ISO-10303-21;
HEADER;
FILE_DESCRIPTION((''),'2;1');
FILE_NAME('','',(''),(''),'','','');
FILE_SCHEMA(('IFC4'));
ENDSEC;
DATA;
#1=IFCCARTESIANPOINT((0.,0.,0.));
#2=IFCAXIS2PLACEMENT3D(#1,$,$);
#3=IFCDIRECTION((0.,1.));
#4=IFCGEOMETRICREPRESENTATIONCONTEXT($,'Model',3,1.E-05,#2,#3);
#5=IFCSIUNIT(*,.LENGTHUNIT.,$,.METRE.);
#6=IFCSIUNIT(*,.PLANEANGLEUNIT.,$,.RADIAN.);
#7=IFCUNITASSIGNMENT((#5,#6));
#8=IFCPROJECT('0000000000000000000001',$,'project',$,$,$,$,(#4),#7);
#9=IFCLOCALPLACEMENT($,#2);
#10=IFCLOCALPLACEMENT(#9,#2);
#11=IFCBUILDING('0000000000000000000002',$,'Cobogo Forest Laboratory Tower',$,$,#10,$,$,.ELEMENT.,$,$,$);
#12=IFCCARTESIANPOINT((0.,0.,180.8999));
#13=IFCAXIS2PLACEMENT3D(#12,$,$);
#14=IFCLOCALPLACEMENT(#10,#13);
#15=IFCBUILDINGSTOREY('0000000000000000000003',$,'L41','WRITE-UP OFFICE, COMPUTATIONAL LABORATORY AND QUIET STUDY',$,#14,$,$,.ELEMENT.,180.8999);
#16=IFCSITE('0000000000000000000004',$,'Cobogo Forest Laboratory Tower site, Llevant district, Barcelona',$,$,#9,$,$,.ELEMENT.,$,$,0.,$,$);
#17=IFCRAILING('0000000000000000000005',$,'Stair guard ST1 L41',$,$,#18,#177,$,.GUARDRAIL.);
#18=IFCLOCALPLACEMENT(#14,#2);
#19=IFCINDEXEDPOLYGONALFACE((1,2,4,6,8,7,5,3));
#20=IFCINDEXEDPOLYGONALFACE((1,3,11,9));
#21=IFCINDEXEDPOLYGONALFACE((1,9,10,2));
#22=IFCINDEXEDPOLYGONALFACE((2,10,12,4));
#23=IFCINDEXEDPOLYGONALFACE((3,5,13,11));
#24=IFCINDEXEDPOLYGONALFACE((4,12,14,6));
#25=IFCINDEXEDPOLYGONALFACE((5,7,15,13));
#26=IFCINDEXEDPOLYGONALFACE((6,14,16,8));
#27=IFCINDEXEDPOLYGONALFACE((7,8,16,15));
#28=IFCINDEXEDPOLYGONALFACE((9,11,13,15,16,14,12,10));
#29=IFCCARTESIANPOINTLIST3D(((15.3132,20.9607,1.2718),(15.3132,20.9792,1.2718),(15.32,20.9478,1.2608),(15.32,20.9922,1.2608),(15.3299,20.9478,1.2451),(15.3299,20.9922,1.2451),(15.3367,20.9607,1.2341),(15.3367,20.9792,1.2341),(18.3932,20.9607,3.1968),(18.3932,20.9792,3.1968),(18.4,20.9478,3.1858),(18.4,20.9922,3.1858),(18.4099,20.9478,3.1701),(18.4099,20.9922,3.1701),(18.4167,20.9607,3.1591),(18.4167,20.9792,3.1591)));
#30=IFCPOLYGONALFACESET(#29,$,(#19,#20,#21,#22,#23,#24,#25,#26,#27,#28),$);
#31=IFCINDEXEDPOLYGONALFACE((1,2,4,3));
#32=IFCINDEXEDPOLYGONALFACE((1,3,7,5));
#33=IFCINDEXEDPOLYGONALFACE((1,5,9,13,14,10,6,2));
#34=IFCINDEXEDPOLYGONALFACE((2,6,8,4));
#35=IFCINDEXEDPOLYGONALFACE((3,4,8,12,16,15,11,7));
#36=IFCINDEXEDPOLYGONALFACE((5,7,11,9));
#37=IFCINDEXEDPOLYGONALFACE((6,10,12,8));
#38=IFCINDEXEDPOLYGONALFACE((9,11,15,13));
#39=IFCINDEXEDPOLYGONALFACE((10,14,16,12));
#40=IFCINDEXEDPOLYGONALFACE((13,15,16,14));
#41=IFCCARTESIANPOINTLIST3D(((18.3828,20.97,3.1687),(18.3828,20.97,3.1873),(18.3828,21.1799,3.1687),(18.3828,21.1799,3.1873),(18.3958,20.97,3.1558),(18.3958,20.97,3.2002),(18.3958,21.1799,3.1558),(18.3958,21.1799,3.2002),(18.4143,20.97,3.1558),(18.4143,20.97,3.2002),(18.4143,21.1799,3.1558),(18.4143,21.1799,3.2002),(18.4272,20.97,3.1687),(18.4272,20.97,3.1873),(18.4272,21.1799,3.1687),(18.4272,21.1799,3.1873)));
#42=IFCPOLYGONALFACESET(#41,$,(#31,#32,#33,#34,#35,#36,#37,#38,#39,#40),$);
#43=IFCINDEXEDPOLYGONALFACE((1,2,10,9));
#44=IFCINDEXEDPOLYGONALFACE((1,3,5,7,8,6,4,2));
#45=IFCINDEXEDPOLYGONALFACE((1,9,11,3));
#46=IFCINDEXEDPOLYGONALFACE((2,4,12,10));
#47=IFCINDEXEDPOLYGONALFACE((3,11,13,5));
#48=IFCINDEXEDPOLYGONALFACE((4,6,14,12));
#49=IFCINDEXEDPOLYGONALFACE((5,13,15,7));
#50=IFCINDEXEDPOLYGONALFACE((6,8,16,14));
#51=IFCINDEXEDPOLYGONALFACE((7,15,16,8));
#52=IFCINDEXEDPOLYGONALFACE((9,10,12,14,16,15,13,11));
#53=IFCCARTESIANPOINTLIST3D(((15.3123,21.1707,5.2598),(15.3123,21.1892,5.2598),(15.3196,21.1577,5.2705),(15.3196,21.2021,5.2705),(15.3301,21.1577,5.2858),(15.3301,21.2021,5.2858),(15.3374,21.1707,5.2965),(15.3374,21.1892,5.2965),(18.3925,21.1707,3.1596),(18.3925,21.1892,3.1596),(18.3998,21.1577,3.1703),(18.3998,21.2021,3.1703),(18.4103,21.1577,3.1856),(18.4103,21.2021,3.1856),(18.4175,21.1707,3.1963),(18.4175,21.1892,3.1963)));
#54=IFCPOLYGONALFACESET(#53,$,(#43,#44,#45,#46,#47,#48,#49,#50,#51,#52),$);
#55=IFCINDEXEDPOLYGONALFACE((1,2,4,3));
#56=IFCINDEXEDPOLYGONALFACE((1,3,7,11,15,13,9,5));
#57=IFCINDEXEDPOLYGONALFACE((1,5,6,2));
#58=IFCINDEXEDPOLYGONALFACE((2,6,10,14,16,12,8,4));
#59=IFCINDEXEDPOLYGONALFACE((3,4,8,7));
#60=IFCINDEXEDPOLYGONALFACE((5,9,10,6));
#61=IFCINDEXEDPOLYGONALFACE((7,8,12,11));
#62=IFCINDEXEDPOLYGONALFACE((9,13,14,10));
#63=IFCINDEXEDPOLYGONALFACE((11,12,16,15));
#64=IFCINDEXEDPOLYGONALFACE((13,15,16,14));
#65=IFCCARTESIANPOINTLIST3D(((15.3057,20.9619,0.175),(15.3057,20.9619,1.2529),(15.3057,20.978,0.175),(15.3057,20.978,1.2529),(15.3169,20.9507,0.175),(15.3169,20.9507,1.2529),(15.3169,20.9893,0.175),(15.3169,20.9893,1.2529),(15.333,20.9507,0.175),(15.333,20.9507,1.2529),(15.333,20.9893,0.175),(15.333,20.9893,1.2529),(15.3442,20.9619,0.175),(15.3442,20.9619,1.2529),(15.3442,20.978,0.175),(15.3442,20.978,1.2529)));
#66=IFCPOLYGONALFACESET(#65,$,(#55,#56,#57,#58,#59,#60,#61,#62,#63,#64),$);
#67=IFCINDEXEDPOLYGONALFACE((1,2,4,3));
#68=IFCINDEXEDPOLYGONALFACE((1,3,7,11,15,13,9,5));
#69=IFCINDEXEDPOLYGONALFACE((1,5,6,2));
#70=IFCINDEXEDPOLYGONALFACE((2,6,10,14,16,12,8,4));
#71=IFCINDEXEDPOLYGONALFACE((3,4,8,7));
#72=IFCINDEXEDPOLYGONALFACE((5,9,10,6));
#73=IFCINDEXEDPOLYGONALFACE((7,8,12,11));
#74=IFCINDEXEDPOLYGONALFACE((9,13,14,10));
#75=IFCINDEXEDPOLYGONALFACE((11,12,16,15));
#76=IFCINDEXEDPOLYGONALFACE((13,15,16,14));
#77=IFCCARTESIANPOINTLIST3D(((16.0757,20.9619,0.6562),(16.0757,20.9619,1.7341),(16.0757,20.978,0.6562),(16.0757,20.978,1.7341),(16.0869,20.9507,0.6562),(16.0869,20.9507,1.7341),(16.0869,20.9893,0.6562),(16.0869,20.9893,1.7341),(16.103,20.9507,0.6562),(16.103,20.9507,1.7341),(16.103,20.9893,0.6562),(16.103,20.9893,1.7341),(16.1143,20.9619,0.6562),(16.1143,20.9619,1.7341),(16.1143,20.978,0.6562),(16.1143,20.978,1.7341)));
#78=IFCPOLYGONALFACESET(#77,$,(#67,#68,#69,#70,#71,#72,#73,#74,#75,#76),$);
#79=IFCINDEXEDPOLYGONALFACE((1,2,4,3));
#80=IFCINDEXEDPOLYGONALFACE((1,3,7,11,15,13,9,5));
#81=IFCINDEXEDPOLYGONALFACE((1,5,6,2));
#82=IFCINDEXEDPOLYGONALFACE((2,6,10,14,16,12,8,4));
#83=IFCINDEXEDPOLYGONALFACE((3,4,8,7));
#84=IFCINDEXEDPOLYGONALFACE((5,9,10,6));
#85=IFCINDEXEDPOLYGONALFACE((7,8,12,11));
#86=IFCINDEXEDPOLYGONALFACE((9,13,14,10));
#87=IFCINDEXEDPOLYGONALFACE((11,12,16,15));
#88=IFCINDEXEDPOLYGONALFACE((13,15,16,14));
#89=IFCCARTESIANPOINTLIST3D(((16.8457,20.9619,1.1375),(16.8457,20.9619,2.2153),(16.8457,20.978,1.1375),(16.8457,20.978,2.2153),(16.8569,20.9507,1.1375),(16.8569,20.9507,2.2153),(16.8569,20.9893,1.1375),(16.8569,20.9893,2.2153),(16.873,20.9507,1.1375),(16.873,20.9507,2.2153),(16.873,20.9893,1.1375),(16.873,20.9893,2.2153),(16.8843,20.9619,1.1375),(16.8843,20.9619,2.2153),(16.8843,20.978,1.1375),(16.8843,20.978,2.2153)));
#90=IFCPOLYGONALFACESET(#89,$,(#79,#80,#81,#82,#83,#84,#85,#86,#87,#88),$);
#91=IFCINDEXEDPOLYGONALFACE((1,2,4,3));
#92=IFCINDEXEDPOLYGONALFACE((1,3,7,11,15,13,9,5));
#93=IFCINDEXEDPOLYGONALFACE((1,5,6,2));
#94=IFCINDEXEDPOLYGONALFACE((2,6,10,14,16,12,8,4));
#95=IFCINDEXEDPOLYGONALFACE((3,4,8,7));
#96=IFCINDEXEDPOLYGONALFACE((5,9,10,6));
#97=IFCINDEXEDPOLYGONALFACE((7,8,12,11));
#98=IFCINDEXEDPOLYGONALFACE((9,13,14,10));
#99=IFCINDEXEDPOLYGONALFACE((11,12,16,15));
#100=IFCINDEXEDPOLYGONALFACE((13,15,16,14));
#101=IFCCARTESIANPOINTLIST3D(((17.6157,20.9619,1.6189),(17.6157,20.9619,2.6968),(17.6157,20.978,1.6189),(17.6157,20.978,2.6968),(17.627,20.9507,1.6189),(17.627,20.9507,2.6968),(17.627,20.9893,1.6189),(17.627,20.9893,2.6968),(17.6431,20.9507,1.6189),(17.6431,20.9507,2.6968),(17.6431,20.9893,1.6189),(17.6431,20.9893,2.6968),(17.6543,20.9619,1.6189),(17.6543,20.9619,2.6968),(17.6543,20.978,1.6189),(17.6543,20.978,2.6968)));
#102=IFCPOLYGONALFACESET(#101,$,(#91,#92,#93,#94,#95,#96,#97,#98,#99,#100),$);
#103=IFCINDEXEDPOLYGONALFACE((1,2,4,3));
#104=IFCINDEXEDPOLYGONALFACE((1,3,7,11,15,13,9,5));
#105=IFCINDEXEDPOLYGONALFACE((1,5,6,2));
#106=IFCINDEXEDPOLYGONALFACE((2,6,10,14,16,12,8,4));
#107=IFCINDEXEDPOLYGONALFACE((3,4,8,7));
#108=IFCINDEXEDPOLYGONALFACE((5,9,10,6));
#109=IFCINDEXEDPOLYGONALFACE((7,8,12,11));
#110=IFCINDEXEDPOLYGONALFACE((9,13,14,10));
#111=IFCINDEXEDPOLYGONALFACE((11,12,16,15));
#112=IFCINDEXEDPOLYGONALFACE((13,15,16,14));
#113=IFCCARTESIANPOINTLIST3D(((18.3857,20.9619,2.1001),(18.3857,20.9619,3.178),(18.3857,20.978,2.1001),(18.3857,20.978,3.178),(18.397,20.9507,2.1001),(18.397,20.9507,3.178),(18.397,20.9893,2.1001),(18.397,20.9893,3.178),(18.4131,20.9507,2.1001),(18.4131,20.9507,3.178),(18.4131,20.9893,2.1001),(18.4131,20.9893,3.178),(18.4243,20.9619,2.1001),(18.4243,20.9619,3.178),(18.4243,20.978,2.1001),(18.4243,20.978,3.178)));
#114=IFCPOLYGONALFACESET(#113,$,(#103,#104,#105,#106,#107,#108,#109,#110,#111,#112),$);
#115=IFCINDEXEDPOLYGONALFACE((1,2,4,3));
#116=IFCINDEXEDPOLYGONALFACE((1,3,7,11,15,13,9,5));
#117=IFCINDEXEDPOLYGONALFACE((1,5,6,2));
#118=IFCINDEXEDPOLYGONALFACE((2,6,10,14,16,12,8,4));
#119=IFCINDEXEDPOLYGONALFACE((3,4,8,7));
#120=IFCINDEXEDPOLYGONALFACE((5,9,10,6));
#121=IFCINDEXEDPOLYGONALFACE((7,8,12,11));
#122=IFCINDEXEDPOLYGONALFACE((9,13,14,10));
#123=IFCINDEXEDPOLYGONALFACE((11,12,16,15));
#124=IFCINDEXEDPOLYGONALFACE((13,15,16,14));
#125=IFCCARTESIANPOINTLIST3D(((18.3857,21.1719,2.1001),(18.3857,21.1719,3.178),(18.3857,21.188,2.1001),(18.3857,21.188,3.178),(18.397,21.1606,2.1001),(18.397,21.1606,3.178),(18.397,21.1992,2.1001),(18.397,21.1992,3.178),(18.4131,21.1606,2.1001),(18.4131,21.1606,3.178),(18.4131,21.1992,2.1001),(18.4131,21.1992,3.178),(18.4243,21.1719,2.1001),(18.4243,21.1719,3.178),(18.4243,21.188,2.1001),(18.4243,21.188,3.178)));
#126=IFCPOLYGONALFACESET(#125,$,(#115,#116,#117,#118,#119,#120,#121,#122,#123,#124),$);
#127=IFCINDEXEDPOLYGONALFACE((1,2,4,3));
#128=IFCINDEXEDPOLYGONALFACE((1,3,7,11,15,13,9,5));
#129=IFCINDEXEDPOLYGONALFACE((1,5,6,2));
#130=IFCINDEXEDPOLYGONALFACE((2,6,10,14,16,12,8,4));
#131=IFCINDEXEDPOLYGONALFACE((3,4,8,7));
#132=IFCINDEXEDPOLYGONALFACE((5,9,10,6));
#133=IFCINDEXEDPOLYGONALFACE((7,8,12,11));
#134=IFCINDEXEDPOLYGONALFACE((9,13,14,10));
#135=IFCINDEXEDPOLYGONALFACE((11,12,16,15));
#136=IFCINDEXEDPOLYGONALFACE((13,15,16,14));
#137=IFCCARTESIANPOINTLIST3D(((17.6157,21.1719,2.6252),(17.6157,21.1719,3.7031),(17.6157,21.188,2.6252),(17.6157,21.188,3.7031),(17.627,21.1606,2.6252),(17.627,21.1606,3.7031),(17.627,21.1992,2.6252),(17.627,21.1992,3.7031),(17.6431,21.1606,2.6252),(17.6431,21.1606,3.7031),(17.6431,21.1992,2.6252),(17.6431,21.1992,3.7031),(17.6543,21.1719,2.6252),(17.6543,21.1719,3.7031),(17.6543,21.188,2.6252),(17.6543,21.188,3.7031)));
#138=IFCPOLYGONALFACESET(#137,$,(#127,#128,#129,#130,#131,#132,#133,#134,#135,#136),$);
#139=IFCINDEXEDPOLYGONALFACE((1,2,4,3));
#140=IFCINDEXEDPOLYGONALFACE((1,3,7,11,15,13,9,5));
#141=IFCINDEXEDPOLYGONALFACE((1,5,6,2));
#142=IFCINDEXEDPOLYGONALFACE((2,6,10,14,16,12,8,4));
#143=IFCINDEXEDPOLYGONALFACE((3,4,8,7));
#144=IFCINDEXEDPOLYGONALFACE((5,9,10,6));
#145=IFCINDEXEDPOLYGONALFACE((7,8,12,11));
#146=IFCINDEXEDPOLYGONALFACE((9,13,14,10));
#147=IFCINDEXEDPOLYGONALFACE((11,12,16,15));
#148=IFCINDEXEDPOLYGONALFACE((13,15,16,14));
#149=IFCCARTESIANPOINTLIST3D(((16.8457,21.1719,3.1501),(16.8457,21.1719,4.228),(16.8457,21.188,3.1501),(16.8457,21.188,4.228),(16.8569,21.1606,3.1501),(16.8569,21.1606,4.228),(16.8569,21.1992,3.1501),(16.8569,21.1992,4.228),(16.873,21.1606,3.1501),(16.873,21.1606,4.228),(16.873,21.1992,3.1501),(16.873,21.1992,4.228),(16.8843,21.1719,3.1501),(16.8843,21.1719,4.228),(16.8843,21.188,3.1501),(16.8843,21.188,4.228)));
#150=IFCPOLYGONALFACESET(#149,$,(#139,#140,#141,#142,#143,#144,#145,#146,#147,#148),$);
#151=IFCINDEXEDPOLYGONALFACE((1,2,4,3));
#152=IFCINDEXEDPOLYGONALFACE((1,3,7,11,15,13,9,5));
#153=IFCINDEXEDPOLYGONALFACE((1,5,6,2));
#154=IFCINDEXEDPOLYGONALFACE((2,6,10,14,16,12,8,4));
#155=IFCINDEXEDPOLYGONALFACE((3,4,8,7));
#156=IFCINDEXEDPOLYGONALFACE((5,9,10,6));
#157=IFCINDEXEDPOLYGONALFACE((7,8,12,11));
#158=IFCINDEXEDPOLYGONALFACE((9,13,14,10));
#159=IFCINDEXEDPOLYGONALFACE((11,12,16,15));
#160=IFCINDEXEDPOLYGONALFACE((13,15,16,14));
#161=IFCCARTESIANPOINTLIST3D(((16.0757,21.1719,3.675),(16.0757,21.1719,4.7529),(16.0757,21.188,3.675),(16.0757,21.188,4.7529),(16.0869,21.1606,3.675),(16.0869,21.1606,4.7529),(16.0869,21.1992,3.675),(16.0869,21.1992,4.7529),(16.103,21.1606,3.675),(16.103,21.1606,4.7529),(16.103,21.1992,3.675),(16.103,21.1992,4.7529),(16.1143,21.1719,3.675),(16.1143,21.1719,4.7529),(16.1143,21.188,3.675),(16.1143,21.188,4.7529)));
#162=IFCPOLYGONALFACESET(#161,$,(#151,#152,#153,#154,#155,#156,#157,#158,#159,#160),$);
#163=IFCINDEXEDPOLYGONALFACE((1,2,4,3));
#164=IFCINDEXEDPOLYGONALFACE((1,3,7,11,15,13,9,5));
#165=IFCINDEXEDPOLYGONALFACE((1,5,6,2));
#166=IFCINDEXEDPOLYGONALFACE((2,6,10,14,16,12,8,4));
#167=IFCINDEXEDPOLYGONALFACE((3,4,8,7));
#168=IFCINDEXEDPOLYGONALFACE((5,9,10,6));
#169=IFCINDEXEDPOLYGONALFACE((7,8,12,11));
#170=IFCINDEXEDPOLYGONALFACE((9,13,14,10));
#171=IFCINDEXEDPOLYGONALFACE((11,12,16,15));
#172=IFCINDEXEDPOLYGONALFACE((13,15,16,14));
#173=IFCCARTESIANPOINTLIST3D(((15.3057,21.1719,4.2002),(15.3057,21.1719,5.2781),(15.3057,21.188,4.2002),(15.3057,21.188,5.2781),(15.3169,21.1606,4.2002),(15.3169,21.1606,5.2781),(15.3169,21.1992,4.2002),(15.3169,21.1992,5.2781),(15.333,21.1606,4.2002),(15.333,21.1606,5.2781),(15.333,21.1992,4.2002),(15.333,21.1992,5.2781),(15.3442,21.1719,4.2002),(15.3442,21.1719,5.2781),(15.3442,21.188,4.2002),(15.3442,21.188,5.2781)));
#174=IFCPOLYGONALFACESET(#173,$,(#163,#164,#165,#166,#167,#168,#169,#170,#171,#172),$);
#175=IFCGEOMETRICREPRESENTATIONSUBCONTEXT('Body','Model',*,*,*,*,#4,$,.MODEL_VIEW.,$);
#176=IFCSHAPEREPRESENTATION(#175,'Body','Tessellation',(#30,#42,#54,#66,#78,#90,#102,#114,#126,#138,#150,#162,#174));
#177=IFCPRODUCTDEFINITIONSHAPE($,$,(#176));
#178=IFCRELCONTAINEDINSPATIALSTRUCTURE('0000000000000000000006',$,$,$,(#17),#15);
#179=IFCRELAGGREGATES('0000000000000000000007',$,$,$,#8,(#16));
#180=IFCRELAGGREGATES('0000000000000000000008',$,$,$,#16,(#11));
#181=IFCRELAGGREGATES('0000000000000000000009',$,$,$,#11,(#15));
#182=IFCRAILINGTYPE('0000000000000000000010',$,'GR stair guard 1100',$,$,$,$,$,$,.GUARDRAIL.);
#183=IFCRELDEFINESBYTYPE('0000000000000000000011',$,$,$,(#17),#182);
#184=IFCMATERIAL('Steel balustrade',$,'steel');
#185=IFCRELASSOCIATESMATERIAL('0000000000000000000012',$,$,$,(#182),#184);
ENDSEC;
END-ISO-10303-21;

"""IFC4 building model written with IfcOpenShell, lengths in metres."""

from ifc_helpers import new_model, si_unit, direction, frame, origin, place, context, subcontext, project, spatial, polyline, outline, extrude, material, type_object, element, save


model = new_model("IFC4")

# Units and contexts
model_context = context("Model", 3, precision=1e-05, world=origin(), true_north=direction((0.0, 1.0)))
body_context = subcontext(model_context, "Body", "Model", "MODEL_VIEW")
ifc_project = project(units=[si_unit("LENGTHUNIT", "METRE"), si_unit("PLANEANGLEUNIT", "RADIAN")], contexts=[model_context])

# Site, building, storey
site_placement = place(None, origin())
site = spatial("IfcSite", under=ifc_project, at=site_placement, Name="Cobogo Forest Laboratory Tower site, Llevant district, Barcelona", CompositionType="ELEMENT", RefElevation=0.0)
building_placement = place(site_placement, origin())
building = spatial("IfcBuilding", under=site, at=building_placement, Name="Cobogo Forest Laboratory Tower", CompositionType="ELEMENT")
storey_placement = place(building_placement, frame((0.0, 0.0, 180.8999)))
storey = spatial("IfcBuildingStorey", under=building, at=storey_placement, Name="L41", Description="WRITE-UP OFFICE, COMPUTATIONAL LABORATORY AND QUIET STUDY", CompositionType="ELEMENT", Elevation=180.8999)

# Railing
ifc_material_1 = material(Name="Steel balustrade", Category="steel")
railing_type_1 = type_object("IfcRailingType", Name="GR stair guard 1100", PredefinedType="GUARDRAIL", material=ifc_material_1)
railing_1_placement = place(storey_placement, frame((15.325, 20.97, 0.175)))
element("IfcRailing", 1, at=railing_1_placement, inside=storey, type_object=railing_type_1, Name="Stair guard ST1 L41", PredefinedType="GUARDRAIL", context=body_context, shape_type="SweptSolid", body=[
    extrude(outline(polyline([(0.0222, 0.0093), (0.0093, 0.0222), (-0.0093, 0.0222), (-0.0222, 0.0093), (-0.0222, -0.0093), (-0.0093, -0.0222), (0.0093, -0.0222), (0.0222, -0.0093), (0.0222, 0.0093)])), frame((0.0, 0.0, 1.0779), z_axis=(0.847998, 0.0, 0.529999), x_axis=(0.0, 1.0, 0.0)), (0.0, 0.0, 1.0), 3.6321),
    extrude(outline(polyline([(0.0222, 0.0093), (0.0093, 0.0222), (-0.0093, 0.0222), (-0.0222, 0.0093), (-0.0222, -0.0093), (-0.0093, -0.0222), (0.0093, -0.0222), (0.0222, -0.0093), (0.0222, 0.0093)])), frame((3.0801, 0.0, 3.0029), z_axis=(0.0, 1.0, 0.0), x_axis=(-1.0, 0.0, 0.0)), (0.0, 0.0, 1.0), 0.21),
    extrude(outline(polyline([(0.0222, 0.0093), (0.0093, 0.0222), (-0.0093, 0.0222), (-0.0222, 0.0093), (-0.0222, -0.0093), (-0.0093, -0.0222), (0.0093, -0.0222), (0.0222, -0.0093), (0.0222, 0.0093)])), frame((3.0801, 0.21, 3.0029), z_axis=(-0.826222, 0.0, 0.563345), x_axis=(0.0, -1.0, 0.0)), (0.0, 0.0, 1.0), 3.728),
    extrude(outline(polyline([(0.0193, 0.0081), (0.0081, 0.0193), (-0.0081, 0.0193), (-0.0193, 0.0081), (-0.0193, -0.0081), (-0.0081, -0.0193), (0.0081, -0.0193), (0.0193, -0.0081), (0.0193, 0.0081)])), origin(), (0.0, 0.0, 1.0), 1.0779),
    extrude(outline(polyline([(0.0193, 0.0081), (0.0081, 0.0193), (-0.0081, 0.0193), (-0.0193, 0.0081), (-0.0193, -0.0081), (-0.0081, -0.0193), (0.0081, -0.0193), (0.0193, -0.0081), (0.0193, 0.0081)])), frame((0.77, 0.0, 0.4812)), (0.0, 0.0, 1.0), 1.0779),
    extrude(outline(polyline([(0.0193, 0.0081), (0.0081, 0.0193), (-0.0081, 0.0193), (-0.0193, 0.0081), (-0.0193, -0.0081), (-0.0081, -0.0193), (0.0081, -0.0193), (0.0193, -0.0081), (0.0193, 0.0081)])), frame((1.54, 0.0, 0.9624)), (0.0, 0.0, 1.0), 1.0779),
    extrude(outline(polyline([(0.0193, 0.0081), (0.0081, 0.0193), (-0.0081, 0.0193), (-0.0193, 0.0081), (-0.0193, -0.0081), (-0.0081, -0.0193), (0.0081, -0.0193), (0.0193, -0.0081), (0.0193, 0.0081)])), frame((2.3101, 0.0, 1.4438)), (0.0, 0.0, 1.0), 1.0779),
    extrude(outline(polyline([(0.0193, 0.0081), (0.0081, 0.0193), (-0.0081, 0.0193), (-0.0193, 0.0081), (-0.0193, -0.0081), (-0.0081, -0.0193), (0.0081, -0.0193), (0.0193, -0.0081), (0.0193, 0.0081)])), frame((3.0801, 0.0, 1.925)), (0.0, 0.0, 1.0), 1.0779),
    extrude(outline(polyline([(0.0193, 0.0081), (0.0081, 0.0193), (-0.0081, 0.0193), (-0.0193, 0.0081), (-0.0193, -0.0081), (-0.0081, -0.0193), (0.0081, -0.0193), (0.0193, -0.0081), (0.0193, 0.0081)])), frame((3.0801, 0.21, 1.925)), (0.0, 0.0, 1.0), 1.0779),
    extrude(outline(polyline([(0.0193, 0.0081), (0.0081, 0.0193), (-0.0081, 0.0193), (-0.0193, 0.0081), (-0.0193, -0.0081), (-0.0081, -0.0193), (0.0081, -0.0193), (0.0193, -0.0081), (0.0193, 0.0081)])), frame((2.3101, 0.21, 2.4502)), (0.0, 0.0, 1.0), 1.0779),
    extrude(outline(polyline([(0.0193, 0.0081), (0.0081, 0.0193), (-0.0081, 0.0193), (-0.0193, 0.0081), (-0.0193, -0.0081), (-0.0081, -0.0193), (0.0081, -0.0193), (0.0193, -0.0081), (0.0193, 0.0081)])), frame((1.54, 0.21, 2.9751)), (0.0, 0.0, 1.0), 1.0779),
    extrude(outline(polyline([(0.0193, 0.0081), (0.0081, 0.0193), (-0.0081, 0.0193), (-0.0193, 0.0081), (-0.0193, -0.0081), (-0.0081, -0.0193), (0.0081, -0.0193), (0.0193, -0.0081), (0.0193, 0.0081)])), frame((0.77, 0.21, 3.5)), (0.0, 0.0, 1.0), 1.0779),
    extrude(outline(polyline([(0.0193, 0.0081), (0.0081, 0.0193), (-0.0081, 0.0193), (-0.0193, 0.0081), (-0.0193, -0.0081), (-0.0081, -0.0193), (0.0081, -0.0193), (0.0193, -0.0081), (0.0193, 0.0081)])), frame((0.0, 0.21, 4.0251)), (0.0, 0.0, 1.0), 1.0779),
])

save(model, "model.ifc")
